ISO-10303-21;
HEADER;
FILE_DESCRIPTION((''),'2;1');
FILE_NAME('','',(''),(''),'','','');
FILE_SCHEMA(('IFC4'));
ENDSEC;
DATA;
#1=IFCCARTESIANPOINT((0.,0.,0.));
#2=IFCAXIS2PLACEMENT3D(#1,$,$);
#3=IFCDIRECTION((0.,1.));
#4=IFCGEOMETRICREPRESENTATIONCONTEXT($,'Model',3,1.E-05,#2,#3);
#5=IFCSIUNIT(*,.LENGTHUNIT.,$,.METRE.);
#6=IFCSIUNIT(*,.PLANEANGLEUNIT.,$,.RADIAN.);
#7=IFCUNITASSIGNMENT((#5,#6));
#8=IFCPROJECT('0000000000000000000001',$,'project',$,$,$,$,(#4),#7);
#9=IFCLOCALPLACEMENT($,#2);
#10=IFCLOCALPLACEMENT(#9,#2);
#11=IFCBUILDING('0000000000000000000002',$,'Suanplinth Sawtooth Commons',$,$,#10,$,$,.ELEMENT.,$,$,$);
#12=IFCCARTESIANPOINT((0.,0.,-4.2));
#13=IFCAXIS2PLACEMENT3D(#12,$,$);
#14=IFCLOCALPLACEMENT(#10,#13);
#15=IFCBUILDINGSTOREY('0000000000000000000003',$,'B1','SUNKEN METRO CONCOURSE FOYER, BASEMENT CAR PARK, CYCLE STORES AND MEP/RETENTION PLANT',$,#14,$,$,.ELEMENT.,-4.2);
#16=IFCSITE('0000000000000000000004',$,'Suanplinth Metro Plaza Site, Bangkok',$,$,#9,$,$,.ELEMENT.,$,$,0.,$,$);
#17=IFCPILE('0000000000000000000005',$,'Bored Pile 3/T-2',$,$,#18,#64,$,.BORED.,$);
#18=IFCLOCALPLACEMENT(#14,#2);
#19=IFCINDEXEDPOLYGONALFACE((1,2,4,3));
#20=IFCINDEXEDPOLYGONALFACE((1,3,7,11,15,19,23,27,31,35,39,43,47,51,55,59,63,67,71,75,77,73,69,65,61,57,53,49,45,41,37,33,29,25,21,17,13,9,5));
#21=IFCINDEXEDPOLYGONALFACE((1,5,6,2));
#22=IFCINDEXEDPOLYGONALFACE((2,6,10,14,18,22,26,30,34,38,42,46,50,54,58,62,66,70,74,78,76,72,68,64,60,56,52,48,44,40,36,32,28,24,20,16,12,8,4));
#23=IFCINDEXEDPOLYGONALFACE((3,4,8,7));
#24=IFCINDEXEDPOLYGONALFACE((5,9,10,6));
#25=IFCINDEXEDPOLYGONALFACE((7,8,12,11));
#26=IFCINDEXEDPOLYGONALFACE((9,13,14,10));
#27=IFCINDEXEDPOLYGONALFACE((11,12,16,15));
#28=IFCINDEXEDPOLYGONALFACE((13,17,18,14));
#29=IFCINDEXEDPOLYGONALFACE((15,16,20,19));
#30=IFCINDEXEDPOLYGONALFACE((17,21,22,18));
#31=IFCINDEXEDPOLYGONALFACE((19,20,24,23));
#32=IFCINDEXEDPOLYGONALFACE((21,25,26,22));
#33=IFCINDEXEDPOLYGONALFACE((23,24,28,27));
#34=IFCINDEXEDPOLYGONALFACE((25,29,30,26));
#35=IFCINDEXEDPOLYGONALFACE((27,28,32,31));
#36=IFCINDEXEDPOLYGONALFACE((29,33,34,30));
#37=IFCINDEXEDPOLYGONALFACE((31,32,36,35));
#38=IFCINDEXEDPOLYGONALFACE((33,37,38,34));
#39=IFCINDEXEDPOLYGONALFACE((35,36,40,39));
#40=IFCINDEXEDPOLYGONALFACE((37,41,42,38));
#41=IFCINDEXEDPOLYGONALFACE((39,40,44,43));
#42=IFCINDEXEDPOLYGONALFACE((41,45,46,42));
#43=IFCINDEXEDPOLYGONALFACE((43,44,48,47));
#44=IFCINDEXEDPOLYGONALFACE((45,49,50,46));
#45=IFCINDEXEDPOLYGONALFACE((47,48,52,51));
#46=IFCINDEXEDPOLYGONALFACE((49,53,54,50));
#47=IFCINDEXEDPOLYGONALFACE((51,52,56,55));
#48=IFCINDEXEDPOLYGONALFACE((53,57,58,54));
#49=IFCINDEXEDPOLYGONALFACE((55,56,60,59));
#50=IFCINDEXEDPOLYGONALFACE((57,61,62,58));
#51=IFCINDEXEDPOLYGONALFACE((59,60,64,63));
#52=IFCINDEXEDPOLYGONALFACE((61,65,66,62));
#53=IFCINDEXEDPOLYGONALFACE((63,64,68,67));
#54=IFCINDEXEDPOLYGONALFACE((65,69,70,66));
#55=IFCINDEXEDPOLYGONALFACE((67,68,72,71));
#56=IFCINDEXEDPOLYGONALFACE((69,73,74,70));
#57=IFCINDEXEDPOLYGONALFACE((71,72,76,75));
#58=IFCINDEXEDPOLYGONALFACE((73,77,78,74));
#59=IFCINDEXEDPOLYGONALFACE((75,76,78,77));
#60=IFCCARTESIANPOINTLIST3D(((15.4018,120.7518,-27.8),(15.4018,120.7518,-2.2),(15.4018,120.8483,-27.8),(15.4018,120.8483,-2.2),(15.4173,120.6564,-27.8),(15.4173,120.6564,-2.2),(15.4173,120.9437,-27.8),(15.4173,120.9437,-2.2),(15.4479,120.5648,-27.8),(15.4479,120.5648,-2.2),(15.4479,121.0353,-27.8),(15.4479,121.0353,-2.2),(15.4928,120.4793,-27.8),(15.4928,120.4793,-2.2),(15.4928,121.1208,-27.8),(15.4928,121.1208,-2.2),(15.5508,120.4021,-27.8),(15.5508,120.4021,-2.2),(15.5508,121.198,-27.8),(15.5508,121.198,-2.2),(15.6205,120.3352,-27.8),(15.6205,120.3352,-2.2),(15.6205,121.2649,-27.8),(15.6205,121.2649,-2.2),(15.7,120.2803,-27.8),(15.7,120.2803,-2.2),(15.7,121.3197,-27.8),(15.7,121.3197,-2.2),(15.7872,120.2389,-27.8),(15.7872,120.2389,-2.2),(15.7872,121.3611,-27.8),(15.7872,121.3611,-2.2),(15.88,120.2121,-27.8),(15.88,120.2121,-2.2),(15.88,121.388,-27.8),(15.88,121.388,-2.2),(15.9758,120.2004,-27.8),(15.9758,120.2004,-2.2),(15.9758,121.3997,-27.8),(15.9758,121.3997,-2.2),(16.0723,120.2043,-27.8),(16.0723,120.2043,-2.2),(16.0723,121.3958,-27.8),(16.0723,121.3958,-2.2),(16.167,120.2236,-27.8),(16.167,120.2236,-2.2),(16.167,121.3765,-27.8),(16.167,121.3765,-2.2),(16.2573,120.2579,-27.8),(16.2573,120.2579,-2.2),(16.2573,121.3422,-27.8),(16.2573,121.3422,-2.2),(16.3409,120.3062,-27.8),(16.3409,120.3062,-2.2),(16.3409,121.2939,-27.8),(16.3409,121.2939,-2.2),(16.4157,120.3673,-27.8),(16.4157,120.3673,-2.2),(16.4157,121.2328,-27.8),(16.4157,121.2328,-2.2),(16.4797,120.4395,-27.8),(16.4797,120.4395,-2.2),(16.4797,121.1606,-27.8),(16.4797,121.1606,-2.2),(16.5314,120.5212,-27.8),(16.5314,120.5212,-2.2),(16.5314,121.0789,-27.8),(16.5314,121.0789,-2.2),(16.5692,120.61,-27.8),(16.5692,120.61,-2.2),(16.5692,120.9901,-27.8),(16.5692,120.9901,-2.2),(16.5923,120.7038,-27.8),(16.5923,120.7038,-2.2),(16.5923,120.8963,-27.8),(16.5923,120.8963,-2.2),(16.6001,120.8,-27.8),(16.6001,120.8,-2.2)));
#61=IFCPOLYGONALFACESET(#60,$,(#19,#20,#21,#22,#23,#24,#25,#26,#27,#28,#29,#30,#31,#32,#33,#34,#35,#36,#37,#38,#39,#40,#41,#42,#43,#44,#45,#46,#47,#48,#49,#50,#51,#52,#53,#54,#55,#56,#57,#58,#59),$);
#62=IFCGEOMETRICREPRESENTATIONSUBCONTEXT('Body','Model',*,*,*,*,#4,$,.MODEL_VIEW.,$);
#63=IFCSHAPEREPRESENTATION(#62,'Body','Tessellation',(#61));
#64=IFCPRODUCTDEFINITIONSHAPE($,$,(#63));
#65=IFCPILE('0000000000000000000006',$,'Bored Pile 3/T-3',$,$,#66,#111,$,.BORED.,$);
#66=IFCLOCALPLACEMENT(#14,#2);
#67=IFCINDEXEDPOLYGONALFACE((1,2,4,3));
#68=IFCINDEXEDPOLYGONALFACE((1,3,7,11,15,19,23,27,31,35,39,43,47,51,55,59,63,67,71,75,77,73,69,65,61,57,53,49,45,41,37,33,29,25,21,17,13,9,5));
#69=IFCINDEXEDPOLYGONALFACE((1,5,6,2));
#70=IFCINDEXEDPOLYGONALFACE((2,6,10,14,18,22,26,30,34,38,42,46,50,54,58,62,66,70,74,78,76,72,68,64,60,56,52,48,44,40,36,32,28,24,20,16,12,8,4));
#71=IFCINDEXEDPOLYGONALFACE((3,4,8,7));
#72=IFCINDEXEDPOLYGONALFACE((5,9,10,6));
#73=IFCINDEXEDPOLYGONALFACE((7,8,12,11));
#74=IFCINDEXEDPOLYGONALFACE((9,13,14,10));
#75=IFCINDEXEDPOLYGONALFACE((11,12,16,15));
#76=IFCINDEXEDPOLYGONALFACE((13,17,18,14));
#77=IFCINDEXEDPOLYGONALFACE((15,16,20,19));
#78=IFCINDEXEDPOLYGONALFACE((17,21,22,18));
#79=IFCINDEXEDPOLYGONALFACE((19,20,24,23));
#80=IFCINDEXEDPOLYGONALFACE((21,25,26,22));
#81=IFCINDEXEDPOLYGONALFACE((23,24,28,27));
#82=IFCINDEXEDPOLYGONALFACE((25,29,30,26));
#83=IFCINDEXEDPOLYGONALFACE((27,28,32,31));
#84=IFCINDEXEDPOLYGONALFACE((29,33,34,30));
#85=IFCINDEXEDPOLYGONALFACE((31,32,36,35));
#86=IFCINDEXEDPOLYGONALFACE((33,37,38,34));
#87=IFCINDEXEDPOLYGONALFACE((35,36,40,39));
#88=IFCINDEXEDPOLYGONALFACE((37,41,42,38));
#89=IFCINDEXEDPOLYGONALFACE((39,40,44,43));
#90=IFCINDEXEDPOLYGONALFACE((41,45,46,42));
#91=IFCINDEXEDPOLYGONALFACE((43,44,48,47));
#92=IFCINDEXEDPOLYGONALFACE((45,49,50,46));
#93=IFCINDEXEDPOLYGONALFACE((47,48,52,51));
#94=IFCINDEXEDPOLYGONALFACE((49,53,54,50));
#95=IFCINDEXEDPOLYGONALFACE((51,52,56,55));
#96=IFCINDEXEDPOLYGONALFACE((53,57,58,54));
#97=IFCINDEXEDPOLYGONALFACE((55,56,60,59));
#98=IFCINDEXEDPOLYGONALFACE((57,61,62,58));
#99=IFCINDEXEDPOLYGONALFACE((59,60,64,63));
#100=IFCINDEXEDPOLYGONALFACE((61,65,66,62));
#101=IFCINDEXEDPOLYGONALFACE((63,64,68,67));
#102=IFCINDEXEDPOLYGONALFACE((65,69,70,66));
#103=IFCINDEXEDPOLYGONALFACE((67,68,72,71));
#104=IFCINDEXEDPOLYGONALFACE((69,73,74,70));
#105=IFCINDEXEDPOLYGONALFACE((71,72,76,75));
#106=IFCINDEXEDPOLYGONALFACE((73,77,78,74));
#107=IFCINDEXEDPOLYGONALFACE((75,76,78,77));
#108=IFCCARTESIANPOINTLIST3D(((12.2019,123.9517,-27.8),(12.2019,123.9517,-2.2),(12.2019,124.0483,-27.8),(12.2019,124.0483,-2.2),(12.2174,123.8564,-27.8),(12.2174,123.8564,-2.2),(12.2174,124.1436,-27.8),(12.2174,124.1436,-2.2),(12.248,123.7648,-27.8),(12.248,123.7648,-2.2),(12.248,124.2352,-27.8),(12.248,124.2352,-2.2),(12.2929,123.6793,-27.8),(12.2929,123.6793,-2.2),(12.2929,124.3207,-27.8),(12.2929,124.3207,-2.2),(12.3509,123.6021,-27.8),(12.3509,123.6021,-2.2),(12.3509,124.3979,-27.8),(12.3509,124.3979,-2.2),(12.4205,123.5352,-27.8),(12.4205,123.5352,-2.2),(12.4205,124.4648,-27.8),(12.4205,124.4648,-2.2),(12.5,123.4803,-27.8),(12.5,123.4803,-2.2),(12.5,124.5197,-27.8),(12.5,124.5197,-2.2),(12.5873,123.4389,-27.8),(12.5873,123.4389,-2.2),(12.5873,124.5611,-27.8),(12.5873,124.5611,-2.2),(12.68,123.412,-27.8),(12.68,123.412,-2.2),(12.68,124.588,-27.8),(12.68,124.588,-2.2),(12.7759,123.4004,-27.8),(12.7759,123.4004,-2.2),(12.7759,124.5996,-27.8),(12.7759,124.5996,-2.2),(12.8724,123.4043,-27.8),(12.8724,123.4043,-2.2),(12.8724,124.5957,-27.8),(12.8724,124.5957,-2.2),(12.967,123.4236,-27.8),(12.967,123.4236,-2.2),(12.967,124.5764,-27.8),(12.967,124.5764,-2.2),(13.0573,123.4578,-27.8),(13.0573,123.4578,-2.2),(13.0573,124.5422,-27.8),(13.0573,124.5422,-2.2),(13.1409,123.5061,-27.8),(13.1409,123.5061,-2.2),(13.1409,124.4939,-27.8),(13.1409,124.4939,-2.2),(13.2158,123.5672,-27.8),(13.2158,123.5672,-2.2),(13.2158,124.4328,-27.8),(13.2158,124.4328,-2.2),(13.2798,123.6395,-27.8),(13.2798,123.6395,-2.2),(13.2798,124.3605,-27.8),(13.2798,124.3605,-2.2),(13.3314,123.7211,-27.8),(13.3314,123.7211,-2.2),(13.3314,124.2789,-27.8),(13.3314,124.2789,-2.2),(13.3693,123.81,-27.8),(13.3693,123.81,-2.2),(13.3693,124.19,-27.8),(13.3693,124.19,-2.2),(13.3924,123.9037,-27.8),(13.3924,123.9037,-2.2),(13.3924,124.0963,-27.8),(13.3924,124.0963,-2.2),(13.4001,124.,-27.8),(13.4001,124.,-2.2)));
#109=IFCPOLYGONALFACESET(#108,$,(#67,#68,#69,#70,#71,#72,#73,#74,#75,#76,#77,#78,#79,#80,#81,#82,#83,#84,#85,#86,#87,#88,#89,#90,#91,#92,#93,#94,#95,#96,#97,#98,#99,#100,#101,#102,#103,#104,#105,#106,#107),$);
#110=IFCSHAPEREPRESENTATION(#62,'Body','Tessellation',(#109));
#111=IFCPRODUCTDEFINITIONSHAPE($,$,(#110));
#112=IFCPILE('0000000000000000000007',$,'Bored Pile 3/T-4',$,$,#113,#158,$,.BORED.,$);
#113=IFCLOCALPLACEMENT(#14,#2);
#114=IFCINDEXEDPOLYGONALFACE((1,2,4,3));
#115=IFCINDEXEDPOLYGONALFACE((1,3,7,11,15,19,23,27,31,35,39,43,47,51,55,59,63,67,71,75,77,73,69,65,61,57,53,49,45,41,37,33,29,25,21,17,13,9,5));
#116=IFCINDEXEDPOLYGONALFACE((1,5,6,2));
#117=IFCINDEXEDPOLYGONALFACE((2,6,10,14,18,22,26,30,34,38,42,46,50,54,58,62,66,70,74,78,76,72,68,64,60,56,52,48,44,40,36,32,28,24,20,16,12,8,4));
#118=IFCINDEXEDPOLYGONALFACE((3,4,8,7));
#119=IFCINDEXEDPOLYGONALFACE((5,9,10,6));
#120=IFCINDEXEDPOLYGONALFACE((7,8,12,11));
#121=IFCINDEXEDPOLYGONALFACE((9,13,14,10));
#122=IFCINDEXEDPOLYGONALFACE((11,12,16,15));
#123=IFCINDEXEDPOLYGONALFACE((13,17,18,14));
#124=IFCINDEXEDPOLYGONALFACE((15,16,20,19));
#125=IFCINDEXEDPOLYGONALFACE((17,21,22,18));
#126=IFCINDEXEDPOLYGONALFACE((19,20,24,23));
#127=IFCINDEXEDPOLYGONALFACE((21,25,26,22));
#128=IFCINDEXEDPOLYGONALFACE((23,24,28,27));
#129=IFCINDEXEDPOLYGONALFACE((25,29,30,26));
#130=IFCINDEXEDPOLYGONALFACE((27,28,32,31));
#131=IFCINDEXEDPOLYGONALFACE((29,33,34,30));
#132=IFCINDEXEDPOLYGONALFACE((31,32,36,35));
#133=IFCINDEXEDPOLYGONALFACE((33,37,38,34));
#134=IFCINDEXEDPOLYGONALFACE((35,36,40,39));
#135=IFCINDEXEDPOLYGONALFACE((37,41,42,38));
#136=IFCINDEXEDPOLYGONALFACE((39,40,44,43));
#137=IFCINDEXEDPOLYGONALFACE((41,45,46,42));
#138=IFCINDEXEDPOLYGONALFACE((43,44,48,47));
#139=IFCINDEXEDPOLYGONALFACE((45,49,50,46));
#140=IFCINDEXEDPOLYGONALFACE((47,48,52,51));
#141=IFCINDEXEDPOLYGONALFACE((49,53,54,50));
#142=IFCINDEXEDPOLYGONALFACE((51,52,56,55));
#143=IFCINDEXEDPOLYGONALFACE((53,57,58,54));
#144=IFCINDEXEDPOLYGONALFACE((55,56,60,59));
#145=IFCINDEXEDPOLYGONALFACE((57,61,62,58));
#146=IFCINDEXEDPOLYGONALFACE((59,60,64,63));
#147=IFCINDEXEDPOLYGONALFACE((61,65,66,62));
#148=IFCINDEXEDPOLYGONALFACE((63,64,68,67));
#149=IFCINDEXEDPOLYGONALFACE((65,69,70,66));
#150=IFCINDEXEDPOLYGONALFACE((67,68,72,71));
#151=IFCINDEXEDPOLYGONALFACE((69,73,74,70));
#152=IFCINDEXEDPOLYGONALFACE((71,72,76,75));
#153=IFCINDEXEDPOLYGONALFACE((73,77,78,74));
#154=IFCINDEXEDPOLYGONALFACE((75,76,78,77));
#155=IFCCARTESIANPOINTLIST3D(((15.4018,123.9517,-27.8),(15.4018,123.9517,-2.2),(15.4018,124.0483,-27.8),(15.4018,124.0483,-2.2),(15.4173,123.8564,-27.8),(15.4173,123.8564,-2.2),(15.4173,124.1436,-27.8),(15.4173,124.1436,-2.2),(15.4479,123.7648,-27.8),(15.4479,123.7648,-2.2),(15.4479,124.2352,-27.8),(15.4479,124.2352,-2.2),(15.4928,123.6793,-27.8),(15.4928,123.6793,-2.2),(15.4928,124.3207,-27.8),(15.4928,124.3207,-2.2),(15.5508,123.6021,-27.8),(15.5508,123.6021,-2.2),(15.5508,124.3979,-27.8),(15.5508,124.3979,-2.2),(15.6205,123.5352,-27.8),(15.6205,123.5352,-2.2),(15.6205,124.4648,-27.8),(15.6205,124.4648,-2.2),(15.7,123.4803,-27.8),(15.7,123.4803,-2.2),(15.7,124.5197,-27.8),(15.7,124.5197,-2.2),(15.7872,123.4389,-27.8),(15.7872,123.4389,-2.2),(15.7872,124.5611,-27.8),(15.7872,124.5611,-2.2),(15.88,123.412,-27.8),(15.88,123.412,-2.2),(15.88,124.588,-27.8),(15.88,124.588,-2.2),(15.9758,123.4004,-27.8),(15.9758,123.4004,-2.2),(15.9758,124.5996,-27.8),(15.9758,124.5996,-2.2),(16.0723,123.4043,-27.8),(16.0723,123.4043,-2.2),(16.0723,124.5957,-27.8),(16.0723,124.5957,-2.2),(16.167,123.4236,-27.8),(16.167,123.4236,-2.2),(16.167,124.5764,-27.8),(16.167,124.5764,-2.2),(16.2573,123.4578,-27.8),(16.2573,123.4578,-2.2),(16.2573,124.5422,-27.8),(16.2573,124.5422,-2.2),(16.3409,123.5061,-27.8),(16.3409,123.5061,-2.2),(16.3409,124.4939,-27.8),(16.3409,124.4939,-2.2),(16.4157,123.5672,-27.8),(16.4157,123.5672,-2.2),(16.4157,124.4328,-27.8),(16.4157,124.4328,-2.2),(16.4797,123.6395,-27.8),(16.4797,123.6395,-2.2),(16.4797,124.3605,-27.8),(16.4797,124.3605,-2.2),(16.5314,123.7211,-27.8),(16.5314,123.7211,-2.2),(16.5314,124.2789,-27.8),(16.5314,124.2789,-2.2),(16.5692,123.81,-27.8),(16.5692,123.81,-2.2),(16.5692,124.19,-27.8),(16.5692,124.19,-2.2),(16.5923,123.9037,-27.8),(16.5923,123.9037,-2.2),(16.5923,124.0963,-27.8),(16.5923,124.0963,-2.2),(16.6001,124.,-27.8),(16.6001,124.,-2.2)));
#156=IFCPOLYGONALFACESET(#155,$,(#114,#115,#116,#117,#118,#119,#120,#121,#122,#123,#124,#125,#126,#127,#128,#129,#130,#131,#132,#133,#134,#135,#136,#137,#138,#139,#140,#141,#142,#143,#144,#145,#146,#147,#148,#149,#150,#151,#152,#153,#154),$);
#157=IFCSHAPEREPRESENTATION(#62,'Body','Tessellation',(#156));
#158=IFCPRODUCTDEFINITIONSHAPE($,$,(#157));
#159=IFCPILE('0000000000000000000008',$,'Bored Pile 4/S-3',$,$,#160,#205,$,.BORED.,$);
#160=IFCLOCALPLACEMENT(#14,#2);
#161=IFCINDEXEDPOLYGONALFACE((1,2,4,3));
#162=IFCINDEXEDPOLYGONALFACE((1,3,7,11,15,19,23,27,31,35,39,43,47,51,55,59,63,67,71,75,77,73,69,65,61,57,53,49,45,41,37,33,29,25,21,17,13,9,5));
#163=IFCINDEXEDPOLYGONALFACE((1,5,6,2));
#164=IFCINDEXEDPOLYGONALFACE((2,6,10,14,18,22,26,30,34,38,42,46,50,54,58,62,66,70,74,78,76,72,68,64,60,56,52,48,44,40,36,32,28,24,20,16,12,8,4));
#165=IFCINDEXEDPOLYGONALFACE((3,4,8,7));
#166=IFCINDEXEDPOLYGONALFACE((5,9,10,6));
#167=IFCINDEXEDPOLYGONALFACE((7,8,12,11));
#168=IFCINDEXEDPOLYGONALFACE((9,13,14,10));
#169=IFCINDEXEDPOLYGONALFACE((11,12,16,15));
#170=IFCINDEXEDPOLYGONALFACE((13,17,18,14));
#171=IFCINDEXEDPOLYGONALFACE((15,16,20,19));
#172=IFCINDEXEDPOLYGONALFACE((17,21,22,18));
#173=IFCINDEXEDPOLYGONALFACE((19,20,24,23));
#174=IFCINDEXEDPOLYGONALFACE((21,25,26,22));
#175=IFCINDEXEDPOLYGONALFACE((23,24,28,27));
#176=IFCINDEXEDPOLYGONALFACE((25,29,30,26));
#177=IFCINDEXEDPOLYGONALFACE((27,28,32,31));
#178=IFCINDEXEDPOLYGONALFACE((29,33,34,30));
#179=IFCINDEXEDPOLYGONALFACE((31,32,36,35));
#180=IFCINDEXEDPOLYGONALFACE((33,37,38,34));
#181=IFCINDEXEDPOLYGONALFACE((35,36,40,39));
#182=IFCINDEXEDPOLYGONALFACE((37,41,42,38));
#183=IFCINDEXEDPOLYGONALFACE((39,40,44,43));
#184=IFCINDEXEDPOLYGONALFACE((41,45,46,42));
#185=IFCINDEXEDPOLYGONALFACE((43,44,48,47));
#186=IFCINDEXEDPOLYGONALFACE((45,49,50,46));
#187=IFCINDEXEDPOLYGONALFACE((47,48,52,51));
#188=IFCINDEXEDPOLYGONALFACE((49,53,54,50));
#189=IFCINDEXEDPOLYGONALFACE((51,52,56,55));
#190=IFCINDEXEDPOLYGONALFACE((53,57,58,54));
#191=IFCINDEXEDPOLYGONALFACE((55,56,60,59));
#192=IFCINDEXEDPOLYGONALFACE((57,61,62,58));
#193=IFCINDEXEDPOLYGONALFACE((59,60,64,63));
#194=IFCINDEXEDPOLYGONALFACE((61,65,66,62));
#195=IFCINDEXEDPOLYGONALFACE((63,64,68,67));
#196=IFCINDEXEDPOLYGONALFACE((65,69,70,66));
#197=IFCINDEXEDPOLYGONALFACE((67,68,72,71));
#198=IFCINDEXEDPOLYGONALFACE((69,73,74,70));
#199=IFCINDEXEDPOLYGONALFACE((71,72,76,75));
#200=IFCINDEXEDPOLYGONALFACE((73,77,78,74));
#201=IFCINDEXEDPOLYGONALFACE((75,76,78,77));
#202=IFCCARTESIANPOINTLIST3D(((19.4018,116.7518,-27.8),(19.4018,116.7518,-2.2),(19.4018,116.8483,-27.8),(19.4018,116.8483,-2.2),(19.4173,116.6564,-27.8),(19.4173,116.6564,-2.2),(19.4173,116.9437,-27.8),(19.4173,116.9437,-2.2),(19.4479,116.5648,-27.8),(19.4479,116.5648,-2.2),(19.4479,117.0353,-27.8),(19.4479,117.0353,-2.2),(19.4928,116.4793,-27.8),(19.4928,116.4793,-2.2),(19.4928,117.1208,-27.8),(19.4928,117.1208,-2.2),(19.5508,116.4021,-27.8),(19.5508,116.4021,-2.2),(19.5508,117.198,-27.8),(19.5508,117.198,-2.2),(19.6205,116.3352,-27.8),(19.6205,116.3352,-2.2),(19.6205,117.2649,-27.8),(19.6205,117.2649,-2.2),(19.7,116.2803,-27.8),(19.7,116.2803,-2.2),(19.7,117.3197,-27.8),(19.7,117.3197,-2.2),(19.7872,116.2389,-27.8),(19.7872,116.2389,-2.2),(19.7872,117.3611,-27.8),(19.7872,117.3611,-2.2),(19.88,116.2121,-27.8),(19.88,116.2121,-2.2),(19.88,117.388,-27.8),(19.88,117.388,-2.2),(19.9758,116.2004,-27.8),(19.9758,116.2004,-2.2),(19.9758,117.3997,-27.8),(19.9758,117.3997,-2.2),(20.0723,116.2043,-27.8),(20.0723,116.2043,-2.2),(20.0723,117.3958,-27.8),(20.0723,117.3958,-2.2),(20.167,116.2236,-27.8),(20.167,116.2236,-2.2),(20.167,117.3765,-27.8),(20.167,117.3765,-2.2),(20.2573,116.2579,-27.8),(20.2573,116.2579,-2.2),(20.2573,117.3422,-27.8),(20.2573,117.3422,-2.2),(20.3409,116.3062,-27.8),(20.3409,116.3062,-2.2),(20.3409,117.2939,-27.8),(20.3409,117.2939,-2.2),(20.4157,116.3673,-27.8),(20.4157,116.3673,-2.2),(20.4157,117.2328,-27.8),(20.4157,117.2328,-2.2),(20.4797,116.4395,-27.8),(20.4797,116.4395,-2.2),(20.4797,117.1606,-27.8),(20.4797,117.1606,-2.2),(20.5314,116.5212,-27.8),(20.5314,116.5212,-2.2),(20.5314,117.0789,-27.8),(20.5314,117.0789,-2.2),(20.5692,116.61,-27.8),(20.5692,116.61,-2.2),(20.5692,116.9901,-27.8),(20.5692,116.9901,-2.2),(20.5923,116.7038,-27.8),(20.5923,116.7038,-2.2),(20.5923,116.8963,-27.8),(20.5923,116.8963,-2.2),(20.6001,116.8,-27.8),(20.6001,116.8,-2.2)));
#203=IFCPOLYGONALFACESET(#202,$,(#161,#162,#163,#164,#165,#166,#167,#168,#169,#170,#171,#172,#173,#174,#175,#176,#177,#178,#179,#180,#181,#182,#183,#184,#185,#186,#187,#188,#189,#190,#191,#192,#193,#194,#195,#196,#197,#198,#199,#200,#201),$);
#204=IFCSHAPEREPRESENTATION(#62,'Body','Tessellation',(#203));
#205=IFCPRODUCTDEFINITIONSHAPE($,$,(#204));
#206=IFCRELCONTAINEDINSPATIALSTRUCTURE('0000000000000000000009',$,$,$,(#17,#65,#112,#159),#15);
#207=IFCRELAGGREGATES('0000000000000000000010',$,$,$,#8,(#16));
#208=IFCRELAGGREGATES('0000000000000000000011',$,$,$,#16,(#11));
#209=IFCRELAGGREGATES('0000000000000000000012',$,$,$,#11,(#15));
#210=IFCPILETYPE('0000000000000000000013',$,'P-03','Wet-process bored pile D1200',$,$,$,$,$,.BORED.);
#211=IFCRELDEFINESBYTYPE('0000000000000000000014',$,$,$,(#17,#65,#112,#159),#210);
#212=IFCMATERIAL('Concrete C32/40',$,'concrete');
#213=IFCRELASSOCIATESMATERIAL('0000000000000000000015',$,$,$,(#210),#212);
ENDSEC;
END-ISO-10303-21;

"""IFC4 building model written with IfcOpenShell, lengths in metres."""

from ifc_helpers import new_model, si_unit, direction, frame, origin, origin_2d, place, context, subcontext, project, spatial, circle, extrude, material, material_profile, profile_set, type_object, element, save


model = new_model("IFC4")

# Units and contexts
model_context = context("Model", 3, precision=1e-05, world=origin(), true_north=direction((0.0, 1.0)))
body_context = subcontext(model_context, "Body", "Model", "MODEL_VIEW")
ifc_project = project(units=[si_unit("LENGTHUNIT", "METRE"), si_unit("PLANEANGLEUNIT", "RADIAN")], contexts=[model_context])

# Site, building, storey
site_placement = place(None, origin())
site = spatial("IfcSite", under=ifc_project, at=site_placement, Name="Suanplinth Metro Plaza Site, Bangkok", CompositionType="ELEMENT", RefElevation=0.0)
building_placement = place(site_placement, origin())
building = spatial("IfcBuilding", under=site, at=building_placement, Name="Suanplinth Sawtooth Commons", CompositionType="ELEMENT")
storey_placement = place(building_placement, frame((0.0, 0.0, -4.2)))
storey = spatial("IfcBuildingStorey", under=building, at=storey_placement, Name="B1", Description="SUNKEN METRO CONCOURSE FOYER, BASEMENT CAR PARK, CYCLE STORES AND MEP/RETENTION PLANT", CompositionType="ELEMENT", Elevation=-4.2)

# Piles
ifc_material_1 = material(Name="Concrete C32/40", Category="concrete")
ifc_material_profile_1 = material_profile(ifc_material_1, circle(Radius=0.6001, at=origin_2d()), Name="PILE D1200")
ifc_profile_set_1 = profile_set([ifc_material_profile_1], Name="Concrete C32/40")
pile_type = type_object("IfcPileType", Name="P-03", Description="Wet-process bored pile D1200", PredefinedType="BORED", material=ifc_profile_set_1)
for number, where, z_axis, x_axis, name in (
    (1, (16.0, 120.8, -2.2), (0.0, 0.0, -1.0), (1.0, 0.0, 0.0), "Bored Pile 3/T-2"),
    (2, (12.8, 124.0, -2.2), (0.0, 0.0, -1.0), (1.0, 0.0, 0.0), "Bored Pile 3/T-3"),
    (3, (16.0, 124.0, -2.2), (0.0, 0.0, -1.0), (1.0, 0.0, 0.0), "Bored Pile 3/T-4"),
    (4, (20.0, 116.8, -2.2), (0.0, 0.0, -1.0), (1.0, 0.0, 0.0), "Bored Pile 4/S-3"),
):
    element("IfcPile", number, at=place(storey_placement, frame(where, z_axis=z_axis, x_axis=x_axis)), inside=storey, type_object=pile_type, Name=name, PredefinedType="BORED", context=body_context, shape_type="SweptSolid", body=[
        extrude(circle(Radius=0.6001, at=origin_2d()), origin(), (0.0, 0.0, 1.0), 25.6001),
    ])

save(model, "model.ifc")
